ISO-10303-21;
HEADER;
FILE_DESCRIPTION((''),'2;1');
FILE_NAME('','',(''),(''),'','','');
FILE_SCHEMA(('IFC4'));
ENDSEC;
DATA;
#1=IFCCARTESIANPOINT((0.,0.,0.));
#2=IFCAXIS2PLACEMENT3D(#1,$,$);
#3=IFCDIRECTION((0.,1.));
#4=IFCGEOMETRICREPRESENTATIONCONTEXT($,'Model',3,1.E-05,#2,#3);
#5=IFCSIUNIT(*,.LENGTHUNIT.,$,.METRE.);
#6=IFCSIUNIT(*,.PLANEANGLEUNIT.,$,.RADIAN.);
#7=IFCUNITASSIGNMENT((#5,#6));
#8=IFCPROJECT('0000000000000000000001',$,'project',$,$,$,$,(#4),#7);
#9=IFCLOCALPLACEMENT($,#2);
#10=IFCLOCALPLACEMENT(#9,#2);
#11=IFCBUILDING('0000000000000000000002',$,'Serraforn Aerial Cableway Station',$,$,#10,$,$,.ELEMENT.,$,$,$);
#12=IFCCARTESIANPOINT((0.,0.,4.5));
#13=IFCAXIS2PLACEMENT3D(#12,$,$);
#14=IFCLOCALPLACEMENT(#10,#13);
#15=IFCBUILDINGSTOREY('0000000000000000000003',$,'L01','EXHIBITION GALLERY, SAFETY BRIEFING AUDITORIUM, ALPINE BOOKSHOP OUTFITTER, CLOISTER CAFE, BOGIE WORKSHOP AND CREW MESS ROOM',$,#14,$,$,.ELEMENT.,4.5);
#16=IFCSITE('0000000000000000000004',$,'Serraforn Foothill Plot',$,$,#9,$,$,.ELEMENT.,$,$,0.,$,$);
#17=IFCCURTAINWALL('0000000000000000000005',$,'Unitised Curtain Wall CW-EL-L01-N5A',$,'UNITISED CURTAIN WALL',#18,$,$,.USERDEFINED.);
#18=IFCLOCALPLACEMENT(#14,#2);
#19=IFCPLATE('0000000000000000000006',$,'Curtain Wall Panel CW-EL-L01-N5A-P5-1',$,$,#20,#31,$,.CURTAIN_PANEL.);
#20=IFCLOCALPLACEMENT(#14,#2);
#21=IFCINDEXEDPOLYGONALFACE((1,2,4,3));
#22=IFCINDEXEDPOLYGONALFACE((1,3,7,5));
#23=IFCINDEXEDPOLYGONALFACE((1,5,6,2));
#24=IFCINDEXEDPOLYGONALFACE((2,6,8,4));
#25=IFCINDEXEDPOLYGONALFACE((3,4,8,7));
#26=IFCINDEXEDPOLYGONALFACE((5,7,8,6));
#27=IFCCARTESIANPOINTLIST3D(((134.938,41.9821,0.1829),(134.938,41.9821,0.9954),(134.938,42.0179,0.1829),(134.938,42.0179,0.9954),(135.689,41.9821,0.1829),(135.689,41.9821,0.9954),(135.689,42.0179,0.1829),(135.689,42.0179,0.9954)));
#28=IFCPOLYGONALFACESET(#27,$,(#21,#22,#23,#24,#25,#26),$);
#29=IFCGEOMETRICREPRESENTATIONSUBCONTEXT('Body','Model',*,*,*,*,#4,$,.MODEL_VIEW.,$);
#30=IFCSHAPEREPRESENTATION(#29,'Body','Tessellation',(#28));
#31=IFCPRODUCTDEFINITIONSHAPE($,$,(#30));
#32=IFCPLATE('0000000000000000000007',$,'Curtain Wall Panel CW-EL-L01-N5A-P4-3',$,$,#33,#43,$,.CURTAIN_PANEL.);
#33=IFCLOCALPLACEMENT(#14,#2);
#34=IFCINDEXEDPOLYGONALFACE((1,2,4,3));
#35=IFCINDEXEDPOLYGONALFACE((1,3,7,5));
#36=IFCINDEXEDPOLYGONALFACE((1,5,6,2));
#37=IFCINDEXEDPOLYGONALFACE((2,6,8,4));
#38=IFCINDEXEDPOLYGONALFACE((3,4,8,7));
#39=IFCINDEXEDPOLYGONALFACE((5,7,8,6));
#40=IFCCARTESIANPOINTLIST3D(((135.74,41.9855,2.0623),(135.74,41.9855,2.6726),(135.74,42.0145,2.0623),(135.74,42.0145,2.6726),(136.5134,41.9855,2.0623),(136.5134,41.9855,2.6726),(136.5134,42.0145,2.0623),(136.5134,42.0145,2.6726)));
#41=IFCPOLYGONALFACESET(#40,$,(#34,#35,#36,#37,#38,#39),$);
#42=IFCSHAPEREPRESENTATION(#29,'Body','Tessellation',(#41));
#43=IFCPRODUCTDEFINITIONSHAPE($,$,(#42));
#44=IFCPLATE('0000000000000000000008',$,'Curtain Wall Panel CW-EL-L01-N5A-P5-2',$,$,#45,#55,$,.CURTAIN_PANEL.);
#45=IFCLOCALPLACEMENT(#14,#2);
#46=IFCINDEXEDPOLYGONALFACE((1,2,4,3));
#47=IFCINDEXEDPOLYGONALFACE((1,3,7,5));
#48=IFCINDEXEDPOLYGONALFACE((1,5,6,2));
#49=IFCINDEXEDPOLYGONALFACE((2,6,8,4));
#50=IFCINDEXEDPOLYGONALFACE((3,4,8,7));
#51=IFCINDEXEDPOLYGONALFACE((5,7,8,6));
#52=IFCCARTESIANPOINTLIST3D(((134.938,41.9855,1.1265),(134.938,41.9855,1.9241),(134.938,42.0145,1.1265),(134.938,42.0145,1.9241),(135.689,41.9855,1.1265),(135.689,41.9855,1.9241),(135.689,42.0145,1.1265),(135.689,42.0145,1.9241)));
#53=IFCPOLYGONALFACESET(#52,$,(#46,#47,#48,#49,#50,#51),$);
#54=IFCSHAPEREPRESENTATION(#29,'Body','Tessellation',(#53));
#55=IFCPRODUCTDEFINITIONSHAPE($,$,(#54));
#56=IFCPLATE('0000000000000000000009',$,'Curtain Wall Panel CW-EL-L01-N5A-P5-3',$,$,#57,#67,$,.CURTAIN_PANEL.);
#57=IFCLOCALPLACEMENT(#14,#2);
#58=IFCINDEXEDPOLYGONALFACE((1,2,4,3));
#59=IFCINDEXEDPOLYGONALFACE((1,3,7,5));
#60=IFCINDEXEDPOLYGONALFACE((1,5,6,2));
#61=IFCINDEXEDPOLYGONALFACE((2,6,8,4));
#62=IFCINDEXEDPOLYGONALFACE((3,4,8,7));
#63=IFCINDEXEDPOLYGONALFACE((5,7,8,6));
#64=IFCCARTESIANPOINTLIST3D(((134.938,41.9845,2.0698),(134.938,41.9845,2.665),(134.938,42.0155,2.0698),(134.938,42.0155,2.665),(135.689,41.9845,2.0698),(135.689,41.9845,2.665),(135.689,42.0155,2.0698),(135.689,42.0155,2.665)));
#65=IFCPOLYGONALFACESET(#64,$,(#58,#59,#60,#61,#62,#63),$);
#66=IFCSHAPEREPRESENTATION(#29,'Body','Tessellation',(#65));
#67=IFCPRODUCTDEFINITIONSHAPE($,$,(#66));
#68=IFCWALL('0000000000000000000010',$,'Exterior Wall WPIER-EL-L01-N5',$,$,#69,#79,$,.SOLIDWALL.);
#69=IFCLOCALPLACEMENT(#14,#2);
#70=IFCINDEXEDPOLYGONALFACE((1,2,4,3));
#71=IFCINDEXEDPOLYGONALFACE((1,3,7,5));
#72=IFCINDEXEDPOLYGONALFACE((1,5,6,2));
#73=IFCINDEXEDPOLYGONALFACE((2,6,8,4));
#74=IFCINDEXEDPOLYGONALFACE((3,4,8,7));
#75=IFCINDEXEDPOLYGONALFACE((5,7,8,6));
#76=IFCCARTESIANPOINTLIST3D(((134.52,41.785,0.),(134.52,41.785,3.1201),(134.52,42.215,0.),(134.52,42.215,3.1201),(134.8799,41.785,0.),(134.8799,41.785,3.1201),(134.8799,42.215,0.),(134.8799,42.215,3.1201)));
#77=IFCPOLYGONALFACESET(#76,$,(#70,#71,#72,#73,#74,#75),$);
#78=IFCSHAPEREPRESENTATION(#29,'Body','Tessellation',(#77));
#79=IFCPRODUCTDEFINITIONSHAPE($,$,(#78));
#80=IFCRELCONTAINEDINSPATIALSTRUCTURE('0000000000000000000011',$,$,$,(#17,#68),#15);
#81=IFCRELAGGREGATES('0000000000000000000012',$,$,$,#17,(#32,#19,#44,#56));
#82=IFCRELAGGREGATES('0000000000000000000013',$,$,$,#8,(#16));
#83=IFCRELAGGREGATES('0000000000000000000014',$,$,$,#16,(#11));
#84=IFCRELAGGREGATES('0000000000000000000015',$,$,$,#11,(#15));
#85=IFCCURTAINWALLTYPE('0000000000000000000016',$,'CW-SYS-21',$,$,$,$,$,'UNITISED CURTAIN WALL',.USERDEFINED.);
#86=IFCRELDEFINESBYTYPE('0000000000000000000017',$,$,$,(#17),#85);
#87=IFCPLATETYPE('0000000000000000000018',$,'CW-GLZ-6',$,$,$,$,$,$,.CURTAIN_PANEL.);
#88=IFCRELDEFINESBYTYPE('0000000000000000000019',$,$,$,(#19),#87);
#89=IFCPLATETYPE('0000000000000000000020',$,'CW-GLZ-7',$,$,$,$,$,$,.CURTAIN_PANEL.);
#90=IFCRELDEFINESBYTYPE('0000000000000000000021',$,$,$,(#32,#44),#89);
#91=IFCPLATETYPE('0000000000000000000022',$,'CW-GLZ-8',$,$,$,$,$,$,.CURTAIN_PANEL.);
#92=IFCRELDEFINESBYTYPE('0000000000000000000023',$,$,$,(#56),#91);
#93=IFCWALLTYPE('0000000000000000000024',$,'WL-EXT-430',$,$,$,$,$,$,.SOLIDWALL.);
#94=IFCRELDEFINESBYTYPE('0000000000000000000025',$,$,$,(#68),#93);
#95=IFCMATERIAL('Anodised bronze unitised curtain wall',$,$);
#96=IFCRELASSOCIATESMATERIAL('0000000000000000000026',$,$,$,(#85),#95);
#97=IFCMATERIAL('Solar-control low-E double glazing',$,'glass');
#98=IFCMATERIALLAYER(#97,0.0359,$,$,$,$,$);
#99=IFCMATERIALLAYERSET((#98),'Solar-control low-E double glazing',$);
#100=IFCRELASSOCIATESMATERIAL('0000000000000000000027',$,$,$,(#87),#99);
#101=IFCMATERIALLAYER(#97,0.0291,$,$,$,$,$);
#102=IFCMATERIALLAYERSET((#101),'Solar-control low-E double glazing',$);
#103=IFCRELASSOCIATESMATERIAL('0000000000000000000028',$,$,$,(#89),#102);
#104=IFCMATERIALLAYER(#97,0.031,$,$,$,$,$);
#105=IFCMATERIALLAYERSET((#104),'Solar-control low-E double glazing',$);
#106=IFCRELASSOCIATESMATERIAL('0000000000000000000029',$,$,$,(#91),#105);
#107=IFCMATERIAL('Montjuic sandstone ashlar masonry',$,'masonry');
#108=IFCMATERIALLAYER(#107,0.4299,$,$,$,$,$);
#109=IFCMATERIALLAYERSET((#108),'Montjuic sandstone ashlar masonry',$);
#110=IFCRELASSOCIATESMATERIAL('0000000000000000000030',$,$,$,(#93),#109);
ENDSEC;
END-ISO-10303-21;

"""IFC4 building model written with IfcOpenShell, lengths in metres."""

from ifc_helpers import new_model, si_unit, direction, frame, frame_2d, origin, origin_2d, place, context, subcontext, project, spatial, rectangle, extrude, material, layer, layer_set, type_object, element, aggregate, save


model = new_model("IFC4")

# Units and contexts
model_context = context("Model", 3, precision=1e-05, world=origin(), true_north=direction((0.0, 1.0)))
body_context = subcontext(model_context, "Body", "Model", "MODEL_VIEW")
ifc_project = project(units=[si_unit("LENGTHUNIT", "METRE"), si_unit("PLANEANGLEUNIT", "RADIAN")], contexts=[model_context])

# Site, building, storey
site_placement = place(None, origin())
site = spatial("IfcSite", under=ifc_project, at=site_placement, Name="Serraforn Foothill Plot", CompositionType="ELEMENT", RefElevation=0.0)
building_placement = place(site_placement, origin())
building = spatial("IfcBuilding", under=site, at=building_placement, Name="Serraforn Aerial Cableway Station", CompositionType="ELEMENT")
storey_placement = place(building_placement, frame((0.0, 0.0, 4.5)))
storey = spatial("IfcBuildingStorey", under=building, at=storey_placement, Name="L01", Description="EXHIBITION GALLERY, SAFETY BRIEFING AUDITORIUM, ALPINE BOOKSHOP OUTFITTER, CLOISTER CAFE, BOGIE WORKSHOP AND CREW MESS ROOM", CompositionType="ELEMENT", Elevation=4.5)

# Curtain wall
ifc_material_1 = material(Name="Anodised bronze unitised curtain wall")
curtain_wall_type_1 = type_object("IfcCurtainWallType", Name="CW-SYS-21", ElementType="UNITISED CURTAIN WALL", PredefinedType="USERDEFINED", material=ifc_material_1)
curtain_wall_1_placement = place(storey_placement, origin())
curtain_wall_1 = element("IfcCurtainWall", 1, at=curtain_wall_1_placement, inside=storey, type_object=curtain_wall_type_1, Name="Unitised Curtain Wall CW-EL-L01-N5A", ObjectType="UNITISED CURTAIN WALL", PredefinedType="USERDEFINED")

# Plates
ifc_material_2 = material(Name="Solar-control low-E double glazing", Category="glass")
ifc_layer_1 = layer(ifc_material_2, 0.0359)
ifc_layer_set_1 = layer_set([ifc_layer_1], Name="Solar-control low-E double glazing")
plate_type_1 = type_object("IfcPlateType", Name="CW-GLZ-6", PredefinedType="CURTAIN_PANEL", material=ifc_layer_set_1)
plate_1_placement = place(storey_placement, frame((135.3135, 42.0, 0.1829), z_axis=(0.0, 0.0, 1.0), x_axis=(1.0, 0.0, 0.0)))
plate_1 = element("IfcPlate", 2, at=plate_1_placement, type_object=plate_type_1, Name="Curtain Wall Panel CW-EL-L01-N5A-P5-1", PredefinedType="CURTAIN_PANEL", context=body_context, shape_type="SweptSolid", body=[
    extrude(rectangle(XDim=0.751, YDim=0.0359, at=origin_2d()), origin(), (0.0, 0.0, 1.0), 0.8125),
])
ifc_layer_2 = layer(ifc_material_2, 0.0291)
ifc_layer_set_2 = layer_set([ifc_layer_2], Name="Solar-control low-E double glazing")
plate_type_2 = type_object("IfcPlateType", Name="CW-GLZ-7", PredefinedType="CURTAIN_PANEL", material=ifc_layer_set_2)
plate_2_placement = place(storey_placement, frame((136.1267, 42.0, 2.0623), z_axis=(0.0, 0.0, 1.0), x_axis=(1.0, 0.0, 0.0)))
plate_2 = element("IfcPlate", 3, at=plate_2_placement, type_object=plate_type_2, Name="Curtain Wall Panel CW-EL-L01-N5A-P4-3", PredefinedType="CURTAIN_PANEL", context=body_context, shape_type="SweptSolid", body=[
    extrude(rectangle(XDim=0.7734, YDim=0.0291, at=origin_2d()), origin(), (0.0, 0.0, 1.0), 0.6104),
])
plate_3_placement = place(storey_placement, frame((135.3135, 42.0, 1.1265), z_axis=(0.0, 0.0, 1.0), x_axis=(1.0, 0.0, 0.0)))
plate_3 = element("IfcPlate", 4, at=plate_3_placement, type_object=plate_type_2, Name="Curtain Wall Panel CW-EL-L01-N5A-P5-2", PredefinedType="CURTAIN_PANEL", context=body_context, shape_type="SweptSolid", body=[
    extrude(rectangle(XDim=0.751, YDim=0.0291, at=origin_2d()), origin(), (0.0, 0.0, 1.0), 0.7976),
])
ifc_layer_3 = layer(ifc_material_2, 0.031)
ifc_layer_set_3 = layer_set([ifc_layer_3], Name="Solar-control low-E double glazing")
plate_type_3 = type_object("IfcPlateType", Name="CW-GLZ-8", PredefinedType="CURTAIN_PANEL", material=ifc_layer_set_3)
plate_4_placement = place(storey_placement, frame((135.3135, 42.0, 2.0698), z_axis=(0.0, 0.0, 1.0), x_axis=(1.0, 0.0, 0.0)))
plate_4 = element("IfcPlate", 5, at=plate_4_placement, type_object=plate_type_3, Name="Curtain Wall Panel CW-EL-L01-N5A-P5-3", PredefinedType="CURTAIN_PANEL", context=body_context, shape_type="SweptSolid", body=[
    extrude(rectangle(XDim=0.751, YDim=0.031, at=origin_2d()), origin(), (0.0, 0.0, 1.0), 0.5952),
])
aggregate(curtain_wall_1, [plate_2, plate_1, plate_3, plate_4])

# Wall
ifc_material_3 = material(Name="Montjuic sandstone ashlar masonry", Category="masonry")
ifc_layer_4 = layer(ifc_material_3, 0.4299)
ifc_layer_set_4 = layer_set([ifc_layer_4], Name="Montjuic sandstone ashlar masonry")
wall_type = type_object("IfcWallType", Name="WL-EXT-430", PredefinedType="SOLIDWALL", material=ifc_layer_set_4)
wall_placement = place(storey_placement, frame((134.8799, 42.0, 0.0), z_axis=(0.0, 0.0, 1.0), x_axis=(-1.0, 0.0, 0.0)))
element("IfcWall", 6, at=wall_placement, inside=storey, type_object=wall_type, Name="Exterior Wall WPIER-EL-L01-N5", PredefinedType="SOLIDWALL", context=body_context, shape_type="SweptSolid", body=[
    extrude(rectangle(XDim=0.3599, YDim=0.4299, at=frame_2d((0.1799, 0.0))), origin(), (0.0, 0.0, 1.0), 3.1201),
])

save(model, "model.ifc")
